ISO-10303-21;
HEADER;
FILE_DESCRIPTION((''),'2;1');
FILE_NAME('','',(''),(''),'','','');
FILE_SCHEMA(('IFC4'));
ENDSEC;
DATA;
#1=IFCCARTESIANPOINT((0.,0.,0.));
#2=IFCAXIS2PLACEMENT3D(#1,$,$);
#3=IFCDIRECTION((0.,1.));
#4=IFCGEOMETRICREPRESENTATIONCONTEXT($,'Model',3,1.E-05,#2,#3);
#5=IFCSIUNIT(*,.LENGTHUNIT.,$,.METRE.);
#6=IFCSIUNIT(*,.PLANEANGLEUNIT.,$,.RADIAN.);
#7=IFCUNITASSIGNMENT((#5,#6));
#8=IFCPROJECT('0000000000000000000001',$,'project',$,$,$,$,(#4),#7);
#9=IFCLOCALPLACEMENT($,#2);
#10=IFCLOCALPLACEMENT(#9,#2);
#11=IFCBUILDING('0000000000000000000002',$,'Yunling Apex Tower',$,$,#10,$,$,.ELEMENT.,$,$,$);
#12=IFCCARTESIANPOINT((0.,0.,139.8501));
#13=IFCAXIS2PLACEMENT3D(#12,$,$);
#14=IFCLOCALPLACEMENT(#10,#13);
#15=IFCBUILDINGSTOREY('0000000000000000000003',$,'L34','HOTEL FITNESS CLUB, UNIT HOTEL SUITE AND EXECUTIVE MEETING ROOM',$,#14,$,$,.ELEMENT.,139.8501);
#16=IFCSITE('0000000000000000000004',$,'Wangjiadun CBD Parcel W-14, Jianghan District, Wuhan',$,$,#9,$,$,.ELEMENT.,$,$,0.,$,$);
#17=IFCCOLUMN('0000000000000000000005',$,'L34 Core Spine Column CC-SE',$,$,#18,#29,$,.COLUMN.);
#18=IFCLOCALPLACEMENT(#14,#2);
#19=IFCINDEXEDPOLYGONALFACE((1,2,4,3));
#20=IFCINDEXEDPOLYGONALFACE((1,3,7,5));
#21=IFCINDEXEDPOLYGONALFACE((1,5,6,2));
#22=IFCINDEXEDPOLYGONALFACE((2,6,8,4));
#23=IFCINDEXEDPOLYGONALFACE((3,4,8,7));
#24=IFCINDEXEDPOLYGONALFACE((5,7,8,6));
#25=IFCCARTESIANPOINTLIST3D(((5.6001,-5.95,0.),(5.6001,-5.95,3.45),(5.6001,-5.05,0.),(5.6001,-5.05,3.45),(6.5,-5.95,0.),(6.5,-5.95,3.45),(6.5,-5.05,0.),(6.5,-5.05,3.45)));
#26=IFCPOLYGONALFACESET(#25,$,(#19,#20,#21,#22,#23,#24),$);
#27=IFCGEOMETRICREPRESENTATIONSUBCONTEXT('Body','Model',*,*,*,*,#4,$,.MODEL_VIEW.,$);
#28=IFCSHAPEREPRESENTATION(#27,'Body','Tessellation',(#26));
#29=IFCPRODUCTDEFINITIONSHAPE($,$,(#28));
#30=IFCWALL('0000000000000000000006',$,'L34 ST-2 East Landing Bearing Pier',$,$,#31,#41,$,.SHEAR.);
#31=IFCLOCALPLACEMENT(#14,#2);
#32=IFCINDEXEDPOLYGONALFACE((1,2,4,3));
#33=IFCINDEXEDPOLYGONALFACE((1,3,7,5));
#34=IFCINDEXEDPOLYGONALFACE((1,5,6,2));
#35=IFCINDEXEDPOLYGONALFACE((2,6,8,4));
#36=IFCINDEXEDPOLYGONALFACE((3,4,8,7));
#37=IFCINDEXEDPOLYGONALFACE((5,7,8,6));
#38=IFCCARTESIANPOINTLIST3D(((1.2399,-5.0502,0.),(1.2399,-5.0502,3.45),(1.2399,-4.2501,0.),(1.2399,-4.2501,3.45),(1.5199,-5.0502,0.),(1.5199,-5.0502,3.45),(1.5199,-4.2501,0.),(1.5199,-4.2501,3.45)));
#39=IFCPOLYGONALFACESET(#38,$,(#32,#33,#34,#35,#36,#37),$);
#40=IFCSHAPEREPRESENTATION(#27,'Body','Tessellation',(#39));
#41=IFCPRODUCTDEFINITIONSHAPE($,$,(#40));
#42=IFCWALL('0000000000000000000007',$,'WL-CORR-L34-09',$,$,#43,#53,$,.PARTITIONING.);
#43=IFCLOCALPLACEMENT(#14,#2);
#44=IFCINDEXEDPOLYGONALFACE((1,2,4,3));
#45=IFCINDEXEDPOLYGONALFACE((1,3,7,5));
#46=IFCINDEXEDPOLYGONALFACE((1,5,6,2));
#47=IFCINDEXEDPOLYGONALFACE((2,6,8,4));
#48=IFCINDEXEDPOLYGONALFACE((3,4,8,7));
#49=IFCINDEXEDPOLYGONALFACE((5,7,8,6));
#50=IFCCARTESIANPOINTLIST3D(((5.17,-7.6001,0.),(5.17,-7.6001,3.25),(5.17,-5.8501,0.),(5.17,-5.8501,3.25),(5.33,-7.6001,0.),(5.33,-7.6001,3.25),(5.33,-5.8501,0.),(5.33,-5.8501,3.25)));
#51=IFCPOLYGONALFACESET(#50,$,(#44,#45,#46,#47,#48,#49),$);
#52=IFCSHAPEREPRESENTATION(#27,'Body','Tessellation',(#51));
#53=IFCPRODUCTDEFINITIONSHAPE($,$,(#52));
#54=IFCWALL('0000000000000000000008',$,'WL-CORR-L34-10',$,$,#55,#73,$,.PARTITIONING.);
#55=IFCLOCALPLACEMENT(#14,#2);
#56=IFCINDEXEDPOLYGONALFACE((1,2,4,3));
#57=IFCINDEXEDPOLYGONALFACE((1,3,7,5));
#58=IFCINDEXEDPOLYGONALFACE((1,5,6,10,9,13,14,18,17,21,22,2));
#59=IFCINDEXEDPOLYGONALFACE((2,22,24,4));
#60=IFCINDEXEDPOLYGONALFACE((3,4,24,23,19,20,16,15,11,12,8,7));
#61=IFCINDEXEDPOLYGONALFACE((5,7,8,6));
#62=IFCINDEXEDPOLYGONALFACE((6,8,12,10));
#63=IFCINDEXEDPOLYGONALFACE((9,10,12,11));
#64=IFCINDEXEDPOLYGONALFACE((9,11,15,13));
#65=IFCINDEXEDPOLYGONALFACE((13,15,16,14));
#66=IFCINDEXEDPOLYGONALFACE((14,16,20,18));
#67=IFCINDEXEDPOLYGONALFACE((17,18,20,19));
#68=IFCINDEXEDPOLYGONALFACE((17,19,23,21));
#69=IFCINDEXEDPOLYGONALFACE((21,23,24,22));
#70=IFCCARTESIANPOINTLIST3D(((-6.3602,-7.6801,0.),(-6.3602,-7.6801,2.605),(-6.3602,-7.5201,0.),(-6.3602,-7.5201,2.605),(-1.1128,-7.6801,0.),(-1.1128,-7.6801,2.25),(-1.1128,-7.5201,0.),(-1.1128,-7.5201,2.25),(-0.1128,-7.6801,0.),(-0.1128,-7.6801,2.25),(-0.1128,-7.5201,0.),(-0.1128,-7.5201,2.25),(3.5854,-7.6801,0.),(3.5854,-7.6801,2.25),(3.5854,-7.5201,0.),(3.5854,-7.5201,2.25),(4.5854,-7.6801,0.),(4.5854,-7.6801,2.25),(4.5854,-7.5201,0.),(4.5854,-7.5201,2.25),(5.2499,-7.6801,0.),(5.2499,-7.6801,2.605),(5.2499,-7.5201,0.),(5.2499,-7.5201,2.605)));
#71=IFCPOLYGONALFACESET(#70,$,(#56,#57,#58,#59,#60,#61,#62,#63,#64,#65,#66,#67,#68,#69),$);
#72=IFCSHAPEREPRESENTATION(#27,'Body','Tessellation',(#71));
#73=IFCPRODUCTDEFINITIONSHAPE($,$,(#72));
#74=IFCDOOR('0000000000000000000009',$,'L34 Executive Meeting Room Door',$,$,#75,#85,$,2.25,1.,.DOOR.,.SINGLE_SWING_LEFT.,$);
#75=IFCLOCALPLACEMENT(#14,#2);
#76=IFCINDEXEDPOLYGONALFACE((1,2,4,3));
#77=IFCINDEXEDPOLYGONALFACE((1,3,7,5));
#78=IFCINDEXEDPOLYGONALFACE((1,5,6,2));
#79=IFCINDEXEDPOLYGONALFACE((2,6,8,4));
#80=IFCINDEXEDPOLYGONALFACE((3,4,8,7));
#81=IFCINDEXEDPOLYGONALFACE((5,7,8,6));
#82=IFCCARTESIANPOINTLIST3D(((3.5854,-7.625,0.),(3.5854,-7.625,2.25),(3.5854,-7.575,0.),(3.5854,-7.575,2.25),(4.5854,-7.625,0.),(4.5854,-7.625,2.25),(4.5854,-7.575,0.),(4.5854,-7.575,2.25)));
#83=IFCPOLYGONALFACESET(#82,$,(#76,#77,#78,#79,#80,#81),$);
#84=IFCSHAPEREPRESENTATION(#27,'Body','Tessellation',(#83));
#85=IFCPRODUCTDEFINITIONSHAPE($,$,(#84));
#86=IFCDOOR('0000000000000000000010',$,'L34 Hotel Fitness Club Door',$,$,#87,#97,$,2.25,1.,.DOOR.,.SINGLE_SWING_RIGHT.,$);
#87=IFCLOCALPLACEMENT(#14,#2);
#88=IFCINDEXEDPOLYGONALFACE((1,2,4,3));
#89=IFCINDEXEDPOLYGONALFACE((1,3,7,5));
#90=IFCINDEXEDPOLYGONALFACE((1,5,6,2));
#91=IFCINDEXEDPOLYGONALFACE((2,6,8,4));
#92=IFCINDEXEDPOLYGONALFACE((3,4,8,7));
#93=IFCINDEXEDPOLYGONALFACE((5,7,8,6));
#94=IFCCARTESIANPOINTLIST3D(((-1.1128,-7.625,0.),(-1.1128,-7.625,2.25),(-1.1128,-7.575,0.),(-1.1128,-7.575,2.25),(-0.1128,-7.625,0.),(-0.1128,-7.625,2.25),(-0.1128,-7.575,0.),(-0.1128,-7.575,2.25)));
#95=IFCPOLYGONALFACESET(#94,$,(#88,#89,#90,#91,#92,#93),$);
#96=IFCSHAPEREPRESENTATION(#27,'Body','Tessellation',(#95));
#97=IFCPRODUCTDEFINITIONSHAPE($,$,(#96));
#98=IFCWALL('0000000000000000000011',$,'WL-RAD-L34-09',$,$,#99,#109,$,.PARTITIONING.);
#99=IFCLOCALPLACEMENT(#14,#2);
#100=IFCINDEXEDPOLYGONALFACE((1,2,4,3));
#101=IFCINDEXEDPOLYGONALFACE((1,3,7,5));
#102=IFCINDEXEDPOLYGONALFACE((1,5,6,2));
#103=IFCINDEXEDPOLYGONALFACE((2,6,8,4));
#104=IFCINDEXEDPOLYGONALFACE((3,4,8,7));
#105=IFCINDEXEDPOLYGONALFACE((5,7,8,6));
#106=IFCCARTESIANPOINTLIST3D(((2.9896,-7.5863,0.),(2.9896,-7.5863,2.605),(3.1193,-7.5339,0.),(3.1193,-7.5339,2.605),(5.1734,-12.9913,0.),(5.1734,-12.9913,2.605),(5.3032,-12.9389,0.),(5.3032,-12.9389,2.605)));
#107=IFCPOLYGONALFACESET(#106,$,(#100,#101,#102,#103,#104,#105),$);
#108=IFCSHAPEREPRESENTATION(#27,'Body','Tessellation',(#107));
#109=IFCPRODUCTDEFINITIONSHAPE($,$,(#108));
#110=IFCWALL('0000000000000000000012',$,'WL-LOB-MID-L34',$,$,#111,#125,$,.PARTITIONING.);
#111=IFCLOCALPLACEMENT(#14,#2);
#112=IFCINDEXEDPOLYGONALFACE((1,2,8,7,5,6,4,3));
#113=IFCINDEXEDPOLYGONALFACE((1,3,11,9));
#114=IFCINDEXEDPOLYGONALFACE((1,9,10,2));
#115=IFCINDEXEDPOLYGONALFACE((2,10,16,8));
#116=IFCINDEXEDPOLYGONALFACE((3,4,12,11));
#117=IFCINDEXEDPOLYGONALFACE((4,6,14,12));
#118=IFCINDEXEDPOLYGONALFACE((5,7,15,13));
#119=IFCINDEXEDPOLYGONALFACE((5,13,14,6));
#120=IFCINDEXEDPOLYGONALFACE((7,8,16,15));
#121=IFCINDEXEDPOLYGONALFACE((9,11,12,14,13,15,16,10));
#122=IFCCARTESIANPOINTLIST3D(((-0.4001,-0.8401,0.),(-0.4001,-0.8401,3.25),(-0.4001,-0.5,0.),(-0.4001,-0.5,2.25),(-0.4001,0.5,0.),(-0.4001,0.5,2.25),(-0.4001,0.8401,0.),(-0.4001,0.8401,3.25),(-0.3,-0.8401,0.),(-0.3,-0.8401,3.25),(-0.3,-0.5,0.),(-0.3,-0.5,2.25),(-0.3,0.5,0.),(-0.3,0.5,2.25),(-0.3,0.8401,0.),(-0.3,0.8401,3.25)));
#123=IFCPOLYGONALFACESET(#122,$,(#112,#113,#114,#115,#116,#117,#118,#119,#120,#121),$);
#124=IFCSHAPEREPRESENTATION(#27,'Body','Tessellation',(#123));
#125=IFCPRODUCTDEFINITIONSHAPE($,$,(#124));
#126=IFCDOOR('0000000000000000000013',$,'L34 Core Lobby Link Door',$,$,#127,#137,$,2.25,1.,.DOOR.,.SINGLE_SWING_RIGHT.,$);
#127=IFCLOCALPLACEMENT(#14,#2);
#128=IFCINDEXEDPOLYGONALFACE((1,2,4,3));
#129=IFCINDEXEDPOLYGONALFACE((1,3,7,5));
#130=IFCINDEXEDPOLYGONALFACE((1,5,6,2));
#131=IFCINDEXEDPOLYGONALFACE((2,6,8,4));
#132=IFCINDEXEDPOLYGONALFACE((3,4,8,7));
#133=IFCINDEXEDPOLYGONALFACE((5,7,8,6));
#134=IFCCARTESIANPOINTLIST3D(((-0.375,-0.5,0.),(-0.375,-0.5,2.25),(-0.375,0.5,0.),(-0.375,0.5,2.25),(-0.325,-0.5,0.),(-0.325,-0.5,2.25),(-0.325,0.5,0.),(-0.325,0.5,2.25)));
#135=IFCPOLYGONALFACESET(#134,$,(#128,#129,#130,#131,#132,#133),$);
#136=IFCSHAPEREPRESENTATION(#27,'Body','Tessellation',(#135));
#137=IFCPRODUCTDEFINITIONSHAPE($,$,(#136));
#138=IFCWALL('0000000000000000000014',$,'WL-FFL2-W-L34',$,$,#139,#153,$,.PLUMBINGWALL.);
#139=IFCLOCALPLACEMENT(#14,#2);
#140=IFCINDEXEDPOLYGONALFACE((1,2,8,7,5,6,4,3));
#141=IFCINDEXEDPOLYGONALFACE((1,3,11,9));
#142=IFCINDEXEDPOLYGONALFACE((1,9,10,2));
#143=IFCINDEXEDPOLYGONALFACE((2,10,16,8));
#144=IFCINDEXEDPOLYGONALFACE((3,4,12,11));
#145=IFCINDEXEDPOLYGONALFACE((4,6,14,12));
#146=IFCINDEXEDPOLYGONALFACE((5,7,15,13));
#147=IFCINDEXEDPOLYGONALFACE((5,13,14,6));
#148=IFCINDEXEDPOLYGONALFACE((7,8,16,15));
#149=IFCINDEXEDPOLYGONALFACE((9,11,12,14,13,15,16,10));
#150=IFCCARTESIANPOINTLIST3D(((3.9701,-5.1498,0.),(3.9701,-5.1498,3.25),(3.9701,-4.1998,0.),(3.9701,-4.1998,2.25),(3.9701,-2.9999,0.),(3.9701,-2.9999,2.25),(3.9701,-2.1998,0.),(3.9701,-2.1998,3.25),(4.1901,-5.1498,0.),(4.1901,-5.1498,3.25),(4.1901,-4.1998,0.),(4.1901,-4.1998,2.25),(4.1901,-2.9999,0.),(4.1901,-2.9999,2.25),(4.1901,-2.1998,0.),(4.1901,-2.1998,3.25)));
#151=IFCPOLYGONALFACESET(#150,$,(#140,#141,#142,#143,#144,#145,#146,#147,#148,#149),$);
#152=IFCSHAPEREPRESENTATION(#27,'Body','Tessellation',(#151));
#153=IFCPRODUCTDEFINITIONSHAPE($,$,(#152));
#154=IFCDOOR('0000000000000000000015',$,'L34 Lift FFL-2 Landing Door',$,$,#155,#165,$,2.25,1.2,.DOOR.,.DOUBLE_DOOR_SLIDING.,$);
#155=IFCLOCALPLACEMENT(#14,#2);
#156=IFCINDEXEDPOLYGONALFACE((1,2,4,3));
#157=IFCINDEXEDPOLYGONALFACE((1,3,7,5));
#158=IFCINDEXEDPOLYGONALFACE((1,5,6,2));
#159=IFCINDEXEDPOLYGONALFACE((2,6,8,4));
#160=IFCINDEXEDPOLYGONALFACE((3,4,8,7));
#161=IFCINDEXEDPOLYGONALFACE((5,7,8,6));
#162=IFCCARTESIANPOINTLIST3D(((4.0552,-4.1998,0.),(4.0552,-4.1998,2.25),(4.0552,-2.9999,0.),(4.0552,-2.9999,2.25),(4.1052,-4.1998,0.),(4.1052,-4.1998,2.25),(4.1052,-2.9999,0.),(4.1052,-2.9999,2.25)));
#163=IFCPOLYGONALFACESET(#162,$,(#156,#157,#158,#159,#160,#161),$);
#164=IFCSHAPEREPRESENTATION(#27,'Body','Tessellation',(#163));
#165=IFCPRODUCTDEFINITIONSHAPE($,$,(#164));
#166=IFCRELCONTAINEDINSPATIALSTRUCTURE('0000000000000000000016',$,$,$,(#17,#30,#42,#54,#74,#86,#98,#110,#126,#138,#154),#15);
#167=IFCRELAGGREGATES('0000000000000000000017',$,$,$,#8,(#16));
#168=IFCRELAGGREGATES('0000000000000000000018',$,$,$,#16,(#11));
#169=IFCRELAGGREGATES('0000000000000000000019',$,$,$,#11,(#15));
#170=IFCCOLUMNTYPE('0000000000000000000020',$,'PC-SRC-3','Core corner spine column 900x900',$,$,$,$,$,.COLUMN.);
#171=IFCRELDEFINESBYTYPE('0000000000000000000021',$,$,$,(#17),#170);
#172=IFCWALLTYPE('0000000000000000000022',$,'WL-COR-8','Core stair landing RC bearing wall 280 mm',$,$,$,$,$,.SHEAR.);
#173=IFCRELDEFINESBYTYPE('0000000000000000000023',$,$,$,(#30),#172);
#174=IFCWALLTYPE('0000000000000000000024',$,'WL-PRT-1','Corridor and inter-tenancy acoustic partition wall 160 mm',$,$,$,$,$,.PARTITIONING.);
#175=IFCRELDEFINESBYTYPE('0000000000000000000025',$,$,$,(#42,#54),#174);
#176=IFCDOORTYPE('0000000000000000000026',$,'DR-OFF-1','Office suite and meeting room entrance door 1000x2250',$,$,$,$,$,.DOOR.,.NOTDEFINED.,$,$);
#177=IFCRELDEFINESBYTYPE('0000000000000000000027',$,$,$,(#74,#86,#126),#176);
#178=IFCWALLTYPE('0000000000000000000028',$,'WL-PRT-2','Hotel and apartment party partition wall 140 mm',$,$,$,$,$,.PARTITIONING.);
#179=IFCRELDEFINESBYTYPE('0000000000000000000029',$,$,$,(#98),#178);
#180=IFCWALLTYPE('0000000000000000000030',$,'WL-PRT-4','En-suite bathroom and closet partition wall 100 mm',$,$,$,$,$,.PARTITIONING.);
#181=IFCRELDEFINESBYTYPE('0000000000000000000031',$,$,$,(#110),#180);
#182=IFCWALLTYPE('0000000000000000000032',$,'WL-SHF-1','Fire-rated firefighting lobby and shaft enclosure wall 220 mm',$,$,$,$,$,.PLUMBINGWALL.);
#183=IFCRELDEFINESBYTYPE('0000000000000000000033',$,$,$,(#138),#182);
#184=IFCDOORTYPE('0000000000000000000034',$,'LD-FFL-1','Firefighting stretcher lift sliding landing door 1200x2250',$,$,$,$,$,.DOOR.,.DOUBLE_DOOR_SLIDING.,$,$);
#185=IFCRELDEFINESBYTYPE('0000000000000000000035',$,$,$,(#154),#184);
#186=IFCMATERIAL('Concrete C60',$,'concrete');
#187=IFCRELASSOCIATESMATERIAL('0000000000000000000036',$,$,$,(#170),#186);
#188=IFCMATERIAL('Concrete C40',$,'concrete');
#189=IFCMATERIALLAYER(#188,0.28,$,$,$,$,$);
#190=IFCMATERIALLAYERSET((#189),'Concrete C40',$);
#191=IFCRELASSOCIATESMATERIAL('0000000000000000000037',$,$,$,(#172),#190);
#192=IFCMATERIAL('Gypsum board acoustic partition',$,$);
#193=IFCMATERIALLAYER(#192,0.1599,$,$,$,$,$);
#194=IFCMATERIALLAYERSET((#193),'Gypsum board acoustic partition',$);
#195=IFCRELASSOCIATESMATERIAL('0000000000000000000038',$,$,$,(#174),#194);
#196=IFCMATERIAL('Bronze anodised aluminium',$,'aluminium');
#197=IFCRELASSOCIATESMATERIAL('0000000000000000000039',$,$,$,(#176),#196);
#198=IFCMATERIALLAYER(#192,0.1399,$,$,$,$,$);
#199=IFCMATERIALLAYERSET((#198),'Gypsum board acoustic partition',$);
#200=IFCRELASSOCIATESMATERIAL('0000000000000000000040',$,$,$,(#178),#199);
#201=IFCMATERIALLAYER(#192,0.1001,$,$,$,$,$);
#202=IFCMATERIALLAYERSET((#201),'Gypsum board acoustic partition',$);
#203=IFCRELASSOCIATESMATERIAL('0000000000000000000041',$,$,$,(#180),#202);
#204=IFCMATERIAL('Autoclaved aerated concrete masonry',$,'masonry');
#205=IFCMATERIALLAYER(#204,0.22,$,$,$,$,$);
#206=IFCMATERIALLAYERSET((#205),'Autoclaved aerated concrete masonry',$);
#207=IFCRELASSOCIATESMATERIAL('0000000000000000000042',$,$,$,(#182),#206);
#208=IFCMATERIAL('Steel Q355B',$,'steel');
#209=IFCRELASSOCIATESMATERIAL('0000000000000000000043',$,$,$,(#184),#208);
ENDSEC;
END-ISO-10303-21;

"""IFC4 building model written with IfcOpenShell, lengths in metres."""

from ifc_helpers import new_model, si_unit, direction, frame, frame_2d, origin, origin_2d, place, context, subcontext, project, spatial, rectangle, extrude, source, transform, mapped, material, layer, layer_set, material_profile, profile_set, type_object, element, fill, save


model = new_model("IFC4")

# Units and contexts
model_context = context("Model", 3, precision=1e-05, world=origin(), true_north=direction((0.0, 1.0)))
body_context = subcontext(model_context, "Body", "Model", "MODEL_VIEW")
ifc_project = project(units=[si_unit("LENGTHUNIT", "METRE"), si_unit("PLANEANGLEUNIT", "RADIAN")], contexts=[model_context])

# Site, building, storey
site_placement = place(None, origin())
site = spatial("IfcSite", under=ifc_project, at=site_placement, Name="Wangjiadun CBD Parcel W-14, Jianghan District, Wuhan", CompositionType="ELEMENT", RefElevation=0.0)
building_placement = place(site_placement, origin())
building = spatial("IfcBuilding", under=site, at=building_placement, Name="Yunling Apex Tower", CompositionType="ELEMENT")
storey_placement = place(building_placement, frame((0.0, 0.0, 139.8501)))
storey = spatial("IfcBuildingStorey", under=building, at=storey_placement, Name="L34", Description="HOTEL FITNESS CLUB, UNIT HOTEL SUITE AND EXECUTIVE MEETING ROOM", CompositionType="ELEMENT", Elevation=139.8501)

# Column
ifc_material_1 = material(Name="Concrete C60", Category="concrete")
ifc_material_profile = material_profile(ifc_material_1, rectangle(XDim=0.8999, YDim=0.8999, at=origin_2d()))
ifc_profile_set = profile_set([ifc_material_profile], Name="Concrete C60")
column_type = type_object("IfcColumnType", Name="PC-SRC-3", Description="Core corner spine column 900x900", PredefinedType="COLUMN", material=ifc_profile_set)
shared_shape = source(origin(), body_context, "Body", "SweptSolid", [
    extrude(rectangle(XDim=0.8999, YDim=0.8999, at=origin_2d()), origin(), (0.0, 0.0, 1.0), 3.45),
])
column_placement = place(storey_placement, frame((6.05, -5.5, 0.0), z_axis=(0.0, 0.0, 1.0), x_axis=(1.0, 0.0, 0.0)))
element("IfcColumn", 1, at=column_placement, inside=storey, type_object=column_type, Name="L34 Core Spine Column CC-SE", PredefinedType="COLUMN", context=body_context, shape_type="MappedRepresentation", body=[
    mapped(shared_shape, transform((0.0, 0.0, 0.0), scale=1.0)),
])

# Walls
ifc_material_2 = material(Name="Concrete C40", Category="concrete")
ifc_layer_1 = layer(ifc_material_2, 0.28)
ifc_layer_set_1 = layer_set([ifc_layer_1], Name="Concrete C40")
wall_type_1 = type_object("IfcWallType", Name="WL-COR-8", Description="Core stair landing RC bearing wall 280 mm", PredefinedType="SHEAR", material=ifc_layer_set_1)
wall_1_placement = place(storey_placement, frame((1.3799, -5.05, 0.0), z_axis=(0.0, 0.0, 1.0), x_axis=(0.0, 1.0, 0.0)))
element("IfcWall", 2, at=wall_1_placement, inside=storey, type_object=wall_type_1, Name="L34 ST-2 East Landing Bearing Pier", PredefinedType="SHEAR", context=body_context, shape_type="SweptSolid", body=[
    extrude(rectangle(XDim=0.8, YDim=0.28, at=frame_2d((0.3999, 0.0))), origin(), (0.0, 0.0, 1.0), 3.45),
])
ifc_material_3 = material(Name="Gypsum board acoustic partition")
ifc_layer_2 = layer(ifc_material_3, 0.1599)
ifc_layer_set_2 = layer_set([ifc_layer_2], Name="Gypsum board acoustic partition")
wall_type_2 = type_object("IfcWallType", Name="WL-PRT-1", Description="Corridor and inter-tenancy acoustic partition wall 160 mm", PredefinedType="PARTITIONING", material=ifc_layer_set_2)
wall_2_placement = place(storey_placement, frame((5.25, -5.8501, 0.0), z_axis=(0.0, 0.0, 1.0), x_axis=(0.0, -1.0, 0.0)))
element("IfcWall", 3, at=wall_2_placement, inside=storey, type_object=wall_type_2, Name="WL-CORR-L34-09", PredefinedType="PARTITIONING", context=body_context, shape_type="SweptSolid", body=[
    extrude(rectangle(XDim=1.75, YDim=0.1599, at=frame_2d((0.875, 0.0))), origin(), (0.0, 0.0, 1.0), 3.25),
])

# Wall, openings, doors
wall_3_placement = place(storey_placement, frame((5.25, -7.6001, 0.0), z_axis=(0.0, 0.0, 1.0), x_axis=(-1.0, 0.0, 0.0)))
wall_3 = element("IfcWall", 4, at=wall_3_placement, inside=storey, type_object=wall_type_2, Name="WL-CORR-L34-10", PredefinedType="PARTITIONING", context=body_context, shape_type="SweptSolid", body=[
    extrude(rectangle(XDim=11.6101, YDim=0.1599, at=frame_2d((5.8052, 0.0))), origin(), (0.0, 0.0, 1.0), 2.605),
])
opening_1_placement = place(wall_3_placement, frame((0.6646, 0.0, 0.0)))
opening_1 = element("IfcOpeningElement", 5, at=opening_1_placement, cuts=wall_3, PredefinedType="OPENING", context=body_context, shape_type="SweptSolid", body=[
    extrude(rectangle(XDim=1.0, YDim=2.25, at=frame_2d((0.5, 1.125))), frame((0.0, 0.0898, 0.0), z_axis=(0.0, -1.0, 0.0), x_axis=(1.0, 0.0, 0.0)), (0.0, 0.0, 1.0), 0.1799),
])
opening_2_placement = place(wall_3_placement, frame((5.3628, 0.0, 0.0)))
opening_2 = element("IfcOpeningElement", 6, at=opening_2_placement, cuts=wall_3, PredefinedType="OPENING", context=body_context, shape_type="SweptSolid", body=[
    extrude(rectangle(XDim=1.0, YDim=2.25, at=frame_2d((0.5, 1.125))), frame((0.0, 0.0898, 0.0), z_axis=(0.0, -1.0, 0.0), x_axis=(1.0, 0.0, 0.0)), (0.0, 0.0, 1.0), 0.1799),
])
ifc_material_4 = material(Name="Bronze anodised aluminium", Category="aluminium")
door_type_1 = type_object("IfcDoorType", Name="DR-OFF-1", Description="Office suite and meeting room entrance door 1000x2250", OperationType="NOTDEFINED", PredefinedType="DOOR", material=ifc_material_4)
door_1_placement = place(opening_1_placement, origin())
door_1 = element("IfcDoor", 7, at=door_1_placement, inside=storey, type_object=door_type_1, Name="L34 Executive Meeting Room Door", OperationType="SINGLE_SWING_LEFT", OverallHeight=2.25, OverallWidth=1.0, PredefinedType="DOOR", context=body_context, shape_type="SweptSolid", body=[
    extrude(rectangle(XDim=1.0, YDim=2.25, at=frame_2d((0.5, 1.125))), frame((0.0, 0.0249, 0.0), z_axis=(0.0, -1.0, 0.0), x_axis=(1.0, 0.0, 0.0)), (0.0, 0.0, 1.0), 0.05),
])
fill(opening_1, door_1)
door_2_placement = place(opening_2_placement, origin())
door_2 = element("IfcDoor", 8, at=door_2_placement, inside=storey, type_object=door_type_1, Name="L34 Hotel Fitness Club Door", OperationType="SINGLE_SWING_RIGHT", OverallHeight=2.25, OverallWidth=1.0, PredefinedType="DOOR", context=body_context, shape_type="SweptSolid", body=[
    extrude(rectangle(XDim=1.0, YDim=2.25, at=frame_2d((0.5, 1.125))), frame((0.0, 0.0249, 0.0), z_axis=(0.0, -1.0, 0.0), x_axis=(1.0, 0.0, 0.0)), (0.0, 0.0, 1.0), 0.05),
])
fill(opening_2, door_2)

# Wall
ifc_layer_3 = layer(ifc_material_3, 0.1399)
ifc_layer_set_3 = layer_set([ifc_layer_3], Name="Gypsum board acoustic partition")
wall_type_3 = type_object("IfcWallType", Name="WL-PRT-2", Description="Hotel and apartment party partition wall 140 mm", PredefinedType="PARTITIONING", material=ifc_layer_set_3)
wall_4_placement = place(storey_placement, frame((3.0544, -7.5601, 0.0), z_axis=(0.0, 0.0, 1.0), x_axis=(0.374616, -0.92718, 0.0)))
element("IfcWall", 9, at=wall_4_placement, inside=storey, type_object=wall_type_3, Name="WL-RAD-L34-09", PredefinedType="PARTITIONING", context=body_context, shape_type="SweptSolid", body=[
    extrude(rectangle(XDim=5.8296, YDim=0.1399, at=frame_2d((2.9148, 0.0))), origin(), (0.0, 0.0, 1.0), 2.605),
])

# Walls, openings, doors
ifc_layer_4 = layer(ifc_material_3, 0.1001)
ifc_layer_set_4 = layer_set([ifc_layer_4], Name="Gypsum board acoustic partition")
wall_type_4 = type_object("IfcWallType", Name="WL-PRT-4", Description="En-suite bathroom and closet partition wall 100 mm", PredefinedType="PARTITIONING", material=ifc_layer_set_4)
wall_5_placement = place(storey_placement, frame((-0.3501, -0.8401, 0.0), z_axis=(0.0, 0.0, 1.0), x_axis=(0.0, 1.0, 0.0)))
wall_5 = element("IfcWall", 10, at=wall_5_placement, inside=storey, type_object=wall_type_4, Name="WL-LOB-MID-L34", PredefinedType="PARTITIONING", context=body_context, shape_type="SweptSolid", body=[
    extrude(rectangle(XDim=1.6802, YDim=0.1001, at=frame_2d((0.8401, 0.0))), origin(), (0.0, 0.0, 1.0), 3.25),
])
opening_3_placement = place(wall_5_placement, frame((0.3401, 0.0, 0.0)))
opening_3 = element("IfcOpeningElement", 11, at=opening_3_placement, cuts=wall_5, PredefinedType="OPENING", context=body_context, shape_type="SweptSolid", body=[
    extrude(rectangle(XDim=1.0, YDim=2.25, at=frame_2d((0.5, 1.125))), frame((0.0, 0.0601, 0.0), z_axis=(0.0, -1.0, 0.0), x_axis=(1.0, 0.0, 0.0)), (0.0, 0.0, 1.0), 0.1201),
])
door_3_placement = place(opening_3_placement, origin())
door_3 = element("IfcDoor", 12, at=door_3_placement, inside=storey, type_object=door_type_1, Name="L34 Core Lobby Link Door", OperationType="SINGLE_SWING_RIGHT", OverallHeight=2.25, OverallWidth=1.0, PredefinedType="DOOR", context=body_context, shape_type="SweptSolid", body=[
    extrude(rectangle(XDim=1.0, YDim=2.25, at=frame_2d((0.5, 1.125))), frame((0.0, 0.0249, 0.0), z_axis=(0.0, -1.0, 0.0), x_axis=(1.0, 0.0, 0.0)), (0.0, 0.0, 1.0), 0.05),
])
fill(opening_3, door_3)
ifc_material_5 = material(Name="Autoclaved aerated concrete masonry", Category="masonry")
ifc_layer_5 = layer(ifc_material_5, 0.22)
ifc_layer_set_5 = layer_set([ifc_layer_5], Name="Autoclaved aerated concrete masonry")
wall_type_5 = type_object("IfcWallType", Name="WL-SHF-1", Description="Fire-rated firefighting lobby and shaft enclosure wall 220 mm", PredefinedType="PLUMBINGWALL", material=ifc_layer_set_5)
ifc_material_6 = material(Name="Steel Q355B", Category="steel")
wall_6_placement = place(storey_placement, frame((4.0801, -5.1499, 0.0), z_axis=(0.0, 0.0, 1.0), x_axis=(0.0, 1.0, 0.0)))
wall_6 = element("IfcWall", 13, at=wall_6_placement, inside=storey, type_object=wall_type_5, Name="WL-FFL2-W-L34", PredefinedType="PLUMBINGWALL", context=body_context, shape_type="SweptSolid", body=[
    extrude(rectangle(XDim=2.95, YDim=0.22, at=frame_2d((1.4751, 0.0))), origin(), (0.0, 0.0, 1.0), 3.25),
])
opening_4_placement = place(wall_6_placement, frame((0.95, 0.0, 0.0)))
opening_4 = element("IfcOpeningElement", 14, at=opening_4_placement, cuts=wall_6, PredefinedType="OPENING", context=body_context, shape_type="SweptSolid", body=[
    extrude(rectangle(XDim=1.2, YDim=2.25, at=frame_2d((0.6001, 1.125))), frame((0.0, 0.1201, 0.0), z_axis=(0.0, -1.0, 0.0), x_axis=(1.0, 0.0, 0.0)), (0.0, 0.0, 1.0), 0.24),
])
door_type_2 = type_object("IfcDoorType", Name="LD-FFL-1", Description="Firefighting stretcher lift sliding landing door 1200x2250", OperationType="DOUBLE_DOOR_SLIDING", PredefinedType="DOOR", material=ifc_material_6)
door_4_placement = place(opening_4_placement, origin())
door_4 = element("IfcDoor", 15, at=door_4_placement, inside=storey, type_object=door_type_2, Name="L34 Lift FFL-2 Landing Door", OperationType="DOUBLE_DOOR_SLIDING", OverallHeight=2.25, OverallWidth=1.2, PredefinedType="DOOR", context=body_context, shape_type="SweptSolid", body=[
    extrude(rectangle(XDim=1.2, YDim=2.25, at=frame_2d((0.6001, 1.125))), frame((0.0, 0.0249, 0.0), z_axis=(0.0, -1.0, 0.0), x_axis=(1.0, 0.0, 0.0)), (0.0, 0.0, 1.0), 0.05),
])
fill(opening_4, door_4)

save(model, "model.ifc")
